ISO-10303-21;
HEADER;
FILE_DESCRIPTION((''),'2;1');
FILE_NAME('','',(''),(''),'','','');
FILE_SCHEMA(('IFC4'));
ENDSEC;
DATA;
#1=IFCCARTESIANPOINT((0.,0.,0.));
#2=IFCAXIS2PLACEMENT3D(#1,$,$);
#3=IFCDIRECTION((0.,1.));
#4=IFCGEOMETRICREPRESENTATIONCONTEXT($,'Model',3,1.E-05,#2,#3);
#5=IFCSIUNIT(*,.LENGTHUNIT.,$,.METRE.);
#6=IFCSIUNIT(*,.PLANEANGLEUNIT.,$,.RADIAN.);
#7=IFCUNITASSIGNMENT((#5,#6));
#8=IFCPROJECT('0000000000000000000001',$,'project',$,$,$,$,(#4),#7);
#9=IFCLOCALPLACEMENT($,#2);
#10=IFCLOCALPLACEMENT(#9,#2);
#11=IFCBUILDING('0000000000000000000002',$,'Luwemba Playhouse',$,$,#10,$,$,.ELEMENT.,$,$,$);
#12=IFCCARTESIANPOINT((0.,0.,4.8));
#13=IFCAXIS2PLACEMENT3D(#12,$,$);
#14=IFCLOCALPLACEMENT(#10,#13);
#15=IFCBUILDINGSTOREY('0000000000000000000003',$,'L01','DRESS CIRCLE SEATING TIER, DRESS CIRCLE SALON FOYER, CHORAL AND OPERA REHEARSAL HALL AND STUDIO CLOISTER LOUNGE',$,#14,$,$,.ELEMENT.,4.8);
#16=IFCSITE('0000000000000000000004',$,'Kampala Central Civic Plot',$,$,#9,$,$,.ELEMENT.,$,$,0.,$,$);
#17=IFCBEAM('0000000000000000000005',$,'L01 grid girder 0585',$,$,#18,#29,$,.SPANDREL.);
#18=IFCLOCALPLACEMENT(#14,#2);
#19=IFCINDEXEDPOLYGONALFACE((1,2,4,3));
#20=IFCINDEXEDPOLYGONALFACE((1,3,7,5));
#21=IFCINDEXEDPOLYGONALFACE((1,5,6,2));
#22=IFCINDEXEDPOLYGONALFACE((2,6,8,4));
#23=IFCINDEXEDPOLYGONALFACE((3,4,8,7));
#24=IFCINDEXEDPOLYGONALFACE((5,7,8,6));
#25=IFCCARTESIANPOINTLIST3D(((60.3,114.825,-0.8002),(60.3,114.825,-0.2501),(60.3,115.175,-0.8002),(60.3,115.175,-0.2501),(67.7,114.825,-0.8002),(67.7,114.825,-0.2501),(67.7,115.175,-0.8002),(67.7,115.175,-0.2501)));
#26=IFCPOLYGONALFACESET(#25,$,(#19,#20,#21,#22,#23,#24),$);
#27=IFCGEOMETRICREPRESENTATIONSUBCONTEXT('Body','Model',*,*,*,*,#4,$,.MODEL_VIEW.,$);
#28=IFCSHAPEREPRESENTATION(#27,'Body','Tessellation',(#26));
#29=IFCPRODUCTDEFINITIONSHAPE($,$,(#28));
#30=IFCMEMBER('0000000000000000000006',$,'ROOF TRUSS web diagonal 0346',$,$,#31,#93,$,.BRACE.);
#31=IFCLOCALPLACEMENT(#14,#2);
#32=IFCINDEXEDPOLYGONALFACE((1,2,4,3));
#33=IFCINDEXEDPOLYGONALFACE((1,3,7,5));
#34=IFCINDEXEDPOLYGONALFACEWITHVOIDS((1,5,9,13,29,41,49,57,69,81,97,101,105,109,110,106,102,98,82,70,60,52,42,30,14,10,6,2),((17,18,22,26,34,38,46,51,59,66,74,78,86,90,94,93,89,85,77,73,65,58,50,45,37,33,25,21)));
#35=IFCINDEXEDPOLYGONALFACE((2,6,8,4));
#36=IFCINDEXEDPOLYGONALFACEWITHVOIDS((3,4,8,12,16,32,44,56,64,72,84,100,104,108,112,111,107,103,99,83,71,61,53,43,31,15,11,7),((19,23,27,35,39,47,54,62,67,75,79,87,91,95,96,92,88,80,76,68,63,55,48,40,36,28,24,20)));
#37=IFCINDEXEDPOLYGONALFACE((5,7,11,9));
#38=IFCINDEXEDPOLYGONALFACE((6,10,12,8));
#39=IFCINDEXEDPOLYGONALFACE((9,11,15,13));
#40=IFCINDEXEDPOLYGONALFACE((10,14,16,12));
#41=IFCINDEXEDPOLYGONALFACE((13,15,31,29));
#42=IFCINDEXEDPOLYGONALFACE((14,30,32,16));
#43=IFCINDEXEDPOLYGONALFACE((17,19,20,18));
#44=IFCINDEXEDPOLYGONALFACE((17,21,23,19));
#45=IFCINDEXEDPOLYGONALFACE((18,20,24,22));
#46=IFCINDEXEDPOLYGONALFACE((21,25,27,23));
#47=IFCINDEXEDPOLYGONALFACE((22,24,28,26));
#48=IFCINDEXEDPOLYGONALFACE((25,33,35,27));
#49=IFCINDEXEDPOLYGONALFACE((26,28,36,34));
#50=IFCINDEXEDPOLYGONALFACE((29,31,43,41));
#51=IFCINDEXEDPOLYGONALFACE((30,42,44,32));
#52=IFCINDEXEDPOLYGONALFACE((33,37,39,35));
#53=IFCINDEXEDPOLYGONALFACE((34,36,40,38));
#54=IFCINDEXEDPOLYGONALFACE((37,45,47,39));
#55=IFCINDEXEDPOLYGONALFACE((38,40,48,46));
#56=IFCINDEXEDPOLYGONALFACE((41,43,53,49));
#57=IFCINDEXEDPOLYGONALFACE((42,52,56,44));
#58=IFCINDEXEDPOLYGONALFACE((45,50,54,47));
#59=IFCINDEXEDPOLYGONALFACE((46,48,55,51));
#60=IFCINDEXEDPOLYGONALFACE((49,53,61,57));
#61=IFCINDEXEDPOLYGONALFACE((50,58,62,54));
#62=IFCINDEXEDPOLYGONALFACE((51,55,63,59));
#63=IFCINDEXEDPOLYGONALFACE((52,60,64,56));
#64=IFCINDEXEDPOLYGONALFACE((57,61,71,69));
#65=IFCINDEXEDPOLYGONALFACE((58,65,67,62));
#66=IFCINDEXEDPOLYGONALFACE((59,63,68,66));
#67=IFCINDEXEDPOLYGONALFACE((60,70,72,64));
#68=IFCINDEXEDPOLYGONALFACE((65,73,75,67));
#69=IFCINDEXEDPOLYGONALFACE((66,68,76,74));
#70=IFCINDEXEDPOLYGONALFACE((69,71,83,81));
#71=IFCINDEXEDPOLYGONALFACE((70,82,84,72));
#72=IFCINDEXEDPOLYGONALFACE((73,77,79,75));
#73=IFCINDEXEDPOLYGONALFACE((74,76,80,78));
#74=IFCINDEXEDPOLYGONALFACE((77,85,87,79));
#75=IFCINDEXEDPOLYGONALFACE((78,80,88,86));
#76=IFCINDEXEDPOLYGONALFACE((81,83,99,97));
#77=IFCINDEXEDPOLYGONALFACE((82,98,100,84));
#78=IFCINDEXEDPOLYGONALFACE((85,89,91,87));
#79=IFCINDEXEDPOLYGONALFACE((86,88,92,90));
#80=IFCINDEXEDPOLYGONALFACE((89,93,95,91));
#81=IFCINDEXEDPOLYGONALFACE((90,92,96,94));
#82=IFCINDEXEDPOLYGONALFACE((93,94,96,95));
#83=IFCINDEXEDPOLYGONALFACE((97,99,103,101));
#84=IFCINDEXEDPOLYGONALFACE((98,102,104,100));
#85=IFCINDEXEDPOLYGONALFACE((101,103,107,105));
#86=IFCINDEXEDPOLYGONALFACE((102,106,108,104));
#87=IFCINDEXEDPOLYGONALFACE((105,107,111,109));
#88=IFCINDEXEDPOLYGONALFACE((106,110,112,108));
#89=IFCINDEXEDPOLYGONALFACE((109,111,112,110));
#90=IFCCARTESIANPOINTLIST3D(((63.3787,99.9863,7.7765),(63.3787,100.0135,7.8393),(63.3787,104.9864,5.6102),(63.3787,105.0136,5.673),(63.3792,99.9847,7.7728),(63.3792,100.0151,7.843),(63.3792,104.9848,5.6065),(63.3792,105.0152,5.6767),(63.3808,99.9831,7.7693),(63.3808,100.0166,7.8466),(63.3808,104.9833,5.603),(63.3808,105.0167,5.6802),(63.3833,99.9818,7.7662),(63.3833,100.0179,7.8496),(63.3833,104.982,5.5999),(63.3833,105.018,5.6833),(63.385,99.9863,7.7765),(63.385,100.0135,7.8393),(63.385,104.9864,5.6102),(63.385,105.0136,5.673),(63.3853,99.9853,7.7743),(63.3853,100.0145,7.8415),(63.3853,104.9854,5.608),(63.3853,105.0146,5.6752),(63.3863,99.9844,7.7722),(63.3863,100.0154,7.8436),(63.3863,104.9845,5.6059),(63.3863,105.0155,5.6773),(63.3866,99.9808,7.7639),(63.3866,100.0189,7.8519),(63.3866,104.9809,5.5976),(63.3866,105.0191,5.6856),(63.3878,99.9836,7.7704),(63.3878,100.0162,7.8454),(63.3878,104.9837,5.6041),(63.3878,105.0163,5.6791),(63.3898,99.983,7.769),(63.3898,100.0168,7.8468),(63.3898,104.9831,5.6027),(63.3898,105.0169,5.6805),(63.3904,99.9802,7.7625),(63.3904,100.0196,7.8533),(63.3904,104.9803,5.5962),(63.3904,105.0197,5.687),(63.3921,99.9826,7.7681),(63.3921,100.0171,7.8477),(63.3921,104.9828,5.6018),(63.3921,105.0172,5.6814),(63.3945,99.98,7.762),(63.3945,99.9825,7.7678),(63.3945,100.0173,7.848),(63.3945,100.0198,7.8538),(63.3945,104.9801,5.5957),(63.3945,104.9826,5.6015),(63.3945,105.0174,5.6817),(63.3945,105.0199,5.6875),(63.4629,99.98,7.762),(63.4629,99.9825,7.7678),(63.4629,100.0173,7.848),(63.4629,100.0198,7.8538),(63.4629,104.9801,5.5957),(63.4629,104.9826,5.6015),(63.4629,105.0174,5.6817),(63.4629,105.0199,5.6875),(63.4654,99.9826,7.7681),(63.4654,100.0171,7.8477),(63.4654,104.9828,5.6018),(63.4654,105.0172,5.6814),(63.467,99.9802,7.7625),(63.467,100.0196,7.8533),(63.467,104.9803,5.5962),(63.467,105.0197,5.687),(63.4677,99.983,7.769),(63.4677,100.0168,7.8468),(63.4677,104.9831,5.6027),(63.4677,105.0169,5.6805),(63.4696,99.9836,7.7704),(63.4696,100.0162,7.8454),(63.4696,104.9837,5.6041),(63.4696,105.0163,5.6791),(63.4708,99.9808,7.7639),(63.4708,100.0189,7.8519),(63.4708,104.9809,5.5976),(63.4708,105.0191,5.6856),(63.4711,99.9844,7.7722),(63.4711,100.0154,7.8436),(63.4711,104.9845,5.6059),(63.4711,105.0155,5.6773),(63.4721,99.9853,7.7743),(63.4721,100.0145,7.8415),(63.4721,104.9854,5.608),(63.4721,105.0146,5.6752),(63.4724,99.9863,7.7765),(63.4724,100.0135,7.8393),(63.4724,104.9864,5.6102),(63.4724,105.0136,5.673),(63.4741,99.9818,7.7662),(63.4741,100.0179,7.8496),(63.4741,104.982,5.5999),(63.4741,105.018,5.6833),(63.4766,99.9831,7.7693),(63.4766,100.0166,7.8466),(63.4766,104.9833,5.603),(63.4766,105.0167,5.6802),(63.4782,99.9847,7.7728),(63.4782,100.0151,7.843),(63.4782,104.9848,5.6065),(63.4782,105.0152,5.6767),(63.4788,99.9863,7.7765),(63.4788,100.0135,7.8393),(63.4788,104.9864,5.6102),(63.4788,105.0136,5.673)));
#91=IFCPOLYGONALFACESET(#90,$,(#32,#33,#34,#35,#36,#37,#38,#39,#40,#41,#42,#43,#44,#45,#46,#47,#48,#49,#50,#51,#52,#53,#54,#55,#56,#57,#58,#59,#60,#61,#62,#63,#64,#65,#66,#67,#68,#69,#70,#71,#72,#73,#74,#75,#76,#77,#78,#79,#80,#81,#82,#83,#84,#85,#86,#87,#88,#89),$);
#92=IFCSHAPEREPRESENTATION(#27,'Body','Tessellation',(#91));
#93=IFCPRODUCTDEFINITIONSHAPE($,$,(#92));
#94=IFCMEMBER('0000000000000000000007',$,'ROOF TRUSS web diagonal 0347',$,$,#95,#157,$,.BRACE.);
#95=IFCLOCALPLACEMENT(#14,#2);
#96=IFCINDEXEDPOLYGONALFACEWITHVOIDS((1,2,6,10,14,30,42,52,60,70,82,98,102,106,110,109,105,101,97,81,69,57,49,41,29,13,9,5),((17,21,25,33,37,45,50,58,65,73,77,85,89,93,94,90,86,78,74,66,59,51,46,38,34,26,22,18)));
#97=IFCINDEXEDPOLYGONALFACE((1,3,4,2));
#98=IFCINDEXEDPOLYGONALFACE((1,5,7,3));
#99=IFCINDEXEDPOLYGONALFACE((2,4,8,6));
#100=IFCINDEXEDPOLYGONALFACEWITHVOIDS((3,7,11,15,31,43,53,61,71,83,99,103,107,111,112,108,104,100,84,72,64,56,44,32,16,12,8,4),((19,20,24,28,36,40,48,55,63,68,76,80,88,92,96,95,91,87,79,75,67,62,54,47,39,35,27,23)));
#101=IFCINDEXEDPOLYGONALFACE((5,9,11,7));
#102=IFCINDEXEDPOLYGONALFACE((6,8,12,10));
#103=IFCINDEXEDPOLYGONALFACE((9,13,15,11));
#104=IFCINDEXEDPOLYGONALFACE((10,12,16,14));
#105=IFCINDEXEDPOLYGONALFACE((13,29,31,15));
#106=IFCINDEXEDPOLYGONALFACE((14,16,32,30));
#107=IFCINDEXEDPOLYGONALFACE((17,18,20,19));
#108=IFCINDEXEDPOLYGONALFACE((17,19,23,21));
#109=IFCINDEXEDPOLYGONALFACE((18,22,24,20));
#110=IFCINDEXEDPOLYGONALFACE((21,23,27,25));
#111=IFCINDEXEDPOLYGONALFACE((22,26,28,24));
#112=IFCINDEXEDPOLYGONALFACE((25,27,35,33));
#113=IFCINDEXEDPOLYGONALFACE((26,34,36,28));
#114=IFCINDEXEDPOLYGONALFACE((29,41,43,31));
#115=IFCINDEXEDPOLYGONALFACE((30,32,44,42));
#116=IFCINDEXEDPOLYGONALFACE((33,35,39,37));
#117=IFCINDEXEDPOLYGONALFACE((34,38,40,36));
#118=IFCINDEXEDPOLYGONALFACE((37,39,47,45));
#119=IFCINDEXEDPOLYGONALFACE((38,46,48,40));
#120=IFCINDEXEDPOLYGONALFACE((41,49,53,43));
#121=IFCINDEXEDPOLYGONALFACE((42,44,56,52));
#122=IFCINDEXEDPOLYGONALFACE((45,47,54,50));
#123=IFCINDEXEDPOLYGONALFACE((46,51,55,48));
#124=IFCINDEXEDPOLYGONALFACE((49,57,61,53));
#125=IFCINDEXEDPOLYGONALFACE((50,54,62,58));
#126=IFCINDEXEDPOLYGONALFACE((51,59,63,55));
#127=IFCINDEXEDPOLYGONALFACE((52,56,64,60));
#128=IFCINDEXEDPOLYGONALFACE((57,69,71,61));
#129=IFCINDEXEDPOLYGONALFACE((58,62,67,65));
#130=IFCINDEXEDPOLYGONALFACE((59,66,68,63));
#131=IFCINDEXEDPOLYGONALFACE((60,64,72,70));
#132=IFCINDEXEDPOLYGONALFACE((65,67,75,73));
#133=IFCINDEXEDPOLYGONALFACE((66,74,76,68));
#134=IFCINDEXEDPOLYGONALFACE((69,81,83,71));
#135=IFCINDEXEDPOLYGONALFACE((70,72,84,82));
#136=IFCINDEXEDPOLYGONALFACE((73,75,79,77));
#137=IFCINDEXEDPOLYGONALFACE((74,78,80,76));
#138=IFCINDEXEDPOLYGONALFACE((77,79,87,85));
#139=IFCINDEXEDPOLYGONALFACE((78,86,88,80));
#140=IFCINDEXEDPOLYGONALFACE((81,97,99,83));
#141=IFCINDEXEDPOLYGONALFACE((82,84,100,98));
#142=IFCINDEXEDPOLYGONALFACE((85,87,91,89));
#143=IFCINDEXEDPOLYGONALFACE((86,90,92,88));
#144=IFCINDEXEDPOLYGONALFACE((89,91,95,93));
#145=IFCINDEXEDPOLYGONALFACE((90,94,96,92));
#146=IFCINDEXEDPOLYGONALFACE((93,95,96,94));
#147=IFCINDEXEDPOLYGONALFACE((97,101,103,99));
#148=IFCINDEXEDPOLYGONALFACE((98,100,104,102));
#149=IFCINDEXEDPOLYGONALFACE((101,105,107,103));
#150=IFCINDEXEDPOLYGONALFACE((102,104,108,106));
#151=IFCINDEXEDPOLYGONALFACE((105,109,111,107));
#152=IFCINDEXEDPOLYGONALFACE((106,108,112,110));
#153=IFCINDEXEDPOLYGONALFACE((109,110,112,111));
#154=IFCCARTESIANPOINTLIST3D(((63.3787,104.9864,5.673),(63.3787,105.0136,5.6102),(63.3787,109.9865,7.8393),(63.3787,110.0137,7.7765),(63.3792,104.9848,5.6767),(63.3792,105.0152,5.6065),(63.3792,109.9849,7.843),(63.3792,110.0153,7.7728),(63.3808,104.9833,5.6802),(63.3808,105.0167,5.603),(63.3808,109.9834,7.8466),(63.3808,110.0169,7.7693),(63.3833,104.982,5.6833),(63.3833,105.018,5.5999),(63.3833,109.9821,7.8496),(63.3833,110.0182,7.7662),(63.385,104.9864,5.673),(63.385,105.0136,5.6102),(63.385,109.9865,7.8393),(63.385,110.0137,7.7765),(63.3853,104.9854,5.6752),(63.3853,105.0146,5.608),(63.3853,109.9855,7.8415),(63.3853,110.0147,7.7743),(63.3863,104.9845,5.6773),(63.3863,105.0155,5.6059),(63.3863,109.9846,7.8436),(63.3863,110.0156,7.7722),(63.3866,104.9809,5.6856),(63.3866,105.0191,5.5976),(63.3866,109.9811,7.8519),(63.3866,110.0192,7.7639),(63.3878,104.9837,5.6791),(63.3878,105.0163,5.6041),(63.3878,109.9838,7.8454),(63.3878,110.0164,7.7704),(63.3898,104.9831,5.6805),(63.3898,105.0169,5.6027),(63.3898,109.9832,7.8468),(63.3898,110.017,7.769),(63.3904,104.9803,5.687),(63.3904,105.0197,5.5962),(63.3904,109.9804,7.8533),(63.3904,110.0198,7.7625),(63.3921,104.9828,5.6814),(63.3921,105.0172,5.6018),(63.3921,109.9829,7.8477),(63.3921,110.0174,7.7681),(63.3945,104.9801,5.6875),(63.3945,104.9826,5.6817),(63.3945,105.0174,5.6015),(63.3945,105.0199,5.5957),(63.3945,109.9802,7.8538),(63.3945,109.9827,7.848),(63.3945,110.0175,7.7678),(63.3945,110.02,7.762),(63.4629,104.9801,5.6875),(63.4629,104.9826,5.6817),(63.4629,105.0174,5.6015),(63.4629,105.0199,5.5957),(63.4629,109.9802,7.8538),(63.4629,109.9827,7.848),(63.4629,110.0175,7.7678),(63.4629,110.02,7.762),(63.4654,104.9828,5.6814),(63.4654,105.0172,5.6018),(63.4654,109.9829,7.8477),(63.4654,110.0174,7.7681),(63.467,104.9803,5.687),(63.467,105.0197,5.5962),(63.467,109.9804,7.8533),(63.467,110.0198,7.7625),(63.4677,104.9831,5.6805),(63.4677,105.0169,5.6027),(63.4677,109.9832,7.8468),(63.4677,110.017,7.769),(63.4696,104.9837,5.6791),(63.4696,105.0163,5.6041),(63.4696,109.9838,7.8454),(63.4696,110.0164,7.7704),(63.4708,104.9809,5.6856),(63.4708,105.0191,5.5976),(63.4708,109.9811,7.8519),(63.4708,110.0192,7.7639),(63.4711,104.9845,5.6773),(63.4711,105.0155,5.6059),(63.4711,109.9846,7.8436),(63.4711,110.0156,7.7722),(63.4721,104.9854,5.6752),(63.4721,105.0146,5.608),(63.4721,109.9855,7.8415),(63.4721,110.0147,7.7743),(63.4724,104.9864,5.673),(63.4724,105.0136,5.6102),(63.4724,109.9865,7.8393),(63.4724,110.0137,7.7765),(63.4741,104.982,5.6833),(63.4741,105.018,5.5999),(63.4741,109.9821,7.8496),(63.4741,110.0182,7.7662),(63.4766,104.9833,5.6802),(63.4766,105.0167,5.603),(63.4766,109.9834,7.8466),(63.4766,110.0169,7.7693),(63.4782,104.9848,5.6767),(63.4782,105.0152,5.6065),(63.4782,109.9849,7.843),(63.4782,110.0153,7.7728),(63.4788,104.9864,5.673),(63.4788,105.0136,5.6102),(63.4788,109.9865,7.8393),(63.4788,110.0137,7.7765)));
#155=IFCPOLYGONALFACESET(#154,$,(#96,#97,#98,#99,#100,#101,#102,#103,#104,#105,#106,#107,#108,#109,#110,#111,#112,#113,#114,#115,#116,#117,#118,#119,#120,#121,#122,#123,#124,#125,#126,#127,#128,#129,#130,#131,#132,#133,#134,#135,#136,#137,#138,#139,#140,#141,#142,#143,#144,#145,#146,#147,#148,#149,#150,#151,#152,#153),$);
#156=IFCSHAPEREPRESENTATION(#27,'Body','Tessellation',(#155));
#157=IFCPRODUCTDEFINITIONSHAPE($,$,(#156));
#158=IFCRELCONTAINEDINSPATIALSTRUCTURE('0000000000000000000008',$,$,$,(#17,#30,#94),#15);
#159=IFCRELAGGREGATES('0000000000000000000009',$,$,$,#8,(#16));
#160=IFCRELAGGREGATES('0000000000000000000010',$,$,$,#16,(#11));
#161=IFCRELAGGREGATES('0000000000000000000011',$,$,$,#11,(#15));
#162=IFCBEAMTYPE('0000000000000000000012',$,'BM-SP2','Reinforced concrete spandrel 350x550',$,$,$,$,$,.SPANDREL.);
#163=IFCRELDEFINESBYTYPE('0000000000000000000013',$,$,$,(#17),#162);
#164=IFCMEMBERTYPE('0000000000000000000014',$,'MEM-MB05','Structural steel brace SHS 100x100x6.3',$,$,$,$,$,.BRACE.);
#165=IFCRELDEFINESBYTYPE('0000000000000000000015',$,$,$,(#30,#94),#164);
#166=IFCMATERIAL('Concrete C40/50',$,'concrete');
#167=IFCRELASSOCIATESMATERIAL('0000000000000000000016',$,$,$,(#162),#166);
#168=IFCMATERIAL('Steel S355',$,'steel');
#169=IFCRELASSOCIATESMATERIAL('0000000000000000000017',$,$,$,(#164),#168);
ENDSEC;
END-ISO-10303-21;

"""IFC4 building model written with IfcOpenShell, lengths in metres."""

from ifc_helpers import new_model, si_unit, direction, frame, origin, origin_2d, place, context, subcontext, project, spatial, rectangle, hollow_rectangle, extrude, material, material_profile, profile_set, type_object, element, save


model = new_model("IFC4")

# Units and contexts
model_context = context("Model", 3, precision=1e-05, world=origin(), true_north=direction((0.0, 1.0)))
body_context = subcontext(model_context, "Body", "Model", "MODEL_VIEW")
ifc_project = project(units=[si_unit("LENGTHUNIT", "METRE"), si_unit("PLANEANGLEUNIT", "RADIAN")], contexts=[model_context])

# Site, building, storey
site_placement = place(None, origin())
site = spatial("IfcSite", under=ifc_project, at=site_placement, Name="Kampala Central Civic Plot", CompositionType="ELEMENT", RefElevation=0.0)
building_placement = place(site_placement, origin())
building = spatial("IfcBuilding", under=site, at=building_placement, Name="Luwemba Playhouse", CompositionType="ELEMENT")
storey_placement = place(building_placement, frame((0.0, 0.0, 4.8)))
storey = spatial("IfcBuildingStorey", under=building, at=storey_placement, Name="L01", Description="DRESS CIRCLE SEATING TIER, DRESS CIRCLE SALON FOYER, CHORAL AND OPERA REHEARSAL HALL AND STUDIO CLOISTER LOUNGE", CompositionType="ELEMENT", Elevation=4.8)

# Shared definitions
ifc_material_1 = material(Name="Concrete C40/50", Category="concrete")

# Beam
ifc_material_2 = material(Name="Steel S355", Category="steel")
ifc_material_profile_1 = material_profile(ifc_material_1, rectangle(XDim=0.3501, YDim=0.55, at=origin_2d()))
ifc_profile_set_1 = profile_set([ifc_material_profile_1], Name="Concrete C40/50")
beam_type_1 = type_object("IfcBeamType", Name="BM-SP2", Description="Reinforced concrete spandrel 350x550", PredefinedType="SPANDREL", material=ifc_profile_set_1)
beam_1_placement = place(storey_placement, frame((60.3, 115.0, -0.5251), z_axis=(1.0, 0.0, 0.0), x_axis=(0.0, 1.0, 0.0)))
element("IfcBeam", 1, at=beam_1_placement, inside=storey, type_object=beam_type_1, Name="L01 grid girder 0585", PredefinedType="SPANDREL", context=body_context, shape_type="SweptSolid", body=[
    extrude(rectangle(XDim=0.3501, YDim=0.55, at=origin_2d()), origin(), (0.0, 0.0, 1.0), 7.3999),
])

# Members
ifc_material_profile_2 = material_profile(ifc_material_2, hollow_rectangle(XDim=0.1001, YDim=0.1001, WallThickness=0.0063, InnerFilletRadius=0.0095, OuterFilletRadius=0.0159, at=origin_2d()))
ifc_profile_set_2 = profile_set([ifc_material_profile_2], Name="Steel S355")
member_type_1 = type_object("IfcMemberType", Name="MEM-MB05", Description="Structural steel brace SHS 100x100x6.3", PredefinedType="BRACE", material=ifc_profile_set_2)
for number, where, z_axis, x_axis, name in (
    (2, (63.4287, 105.0, 5.6416), (0.0, -0.917583, 0.397545), (1.0, 0.0, 0.0), "ROOF TRUSS web diagonal 0346"),
    (3, (63.4287, 105.0, 5.6416), (0.0, 0.917583, 0.397545), (-1.0, 0.0, 0.0), "ROOF TRUSS web diagonal 0347"),
):
    element("IfcMember", number, at=place(storey_placement, frame(where, z_axis=z_axis, x_axis=x_axis)), inside=storey, type_object=member_type_1, Name=name, PredefinedType="BRACE", context=body_context, shape_type="SweptSolid", body=[
        extrude(hollow_rectangle(XDim=0.1001, YDim=0.1001, WallThickness=0.0063, InnerFilletRadius=0.0095, OuterFilletRadius=0.0159, at=origin_2d()), origin(), (0.0, 0.0, 1.0), 5.4492),
    ])

save(model, "model.ifc")
